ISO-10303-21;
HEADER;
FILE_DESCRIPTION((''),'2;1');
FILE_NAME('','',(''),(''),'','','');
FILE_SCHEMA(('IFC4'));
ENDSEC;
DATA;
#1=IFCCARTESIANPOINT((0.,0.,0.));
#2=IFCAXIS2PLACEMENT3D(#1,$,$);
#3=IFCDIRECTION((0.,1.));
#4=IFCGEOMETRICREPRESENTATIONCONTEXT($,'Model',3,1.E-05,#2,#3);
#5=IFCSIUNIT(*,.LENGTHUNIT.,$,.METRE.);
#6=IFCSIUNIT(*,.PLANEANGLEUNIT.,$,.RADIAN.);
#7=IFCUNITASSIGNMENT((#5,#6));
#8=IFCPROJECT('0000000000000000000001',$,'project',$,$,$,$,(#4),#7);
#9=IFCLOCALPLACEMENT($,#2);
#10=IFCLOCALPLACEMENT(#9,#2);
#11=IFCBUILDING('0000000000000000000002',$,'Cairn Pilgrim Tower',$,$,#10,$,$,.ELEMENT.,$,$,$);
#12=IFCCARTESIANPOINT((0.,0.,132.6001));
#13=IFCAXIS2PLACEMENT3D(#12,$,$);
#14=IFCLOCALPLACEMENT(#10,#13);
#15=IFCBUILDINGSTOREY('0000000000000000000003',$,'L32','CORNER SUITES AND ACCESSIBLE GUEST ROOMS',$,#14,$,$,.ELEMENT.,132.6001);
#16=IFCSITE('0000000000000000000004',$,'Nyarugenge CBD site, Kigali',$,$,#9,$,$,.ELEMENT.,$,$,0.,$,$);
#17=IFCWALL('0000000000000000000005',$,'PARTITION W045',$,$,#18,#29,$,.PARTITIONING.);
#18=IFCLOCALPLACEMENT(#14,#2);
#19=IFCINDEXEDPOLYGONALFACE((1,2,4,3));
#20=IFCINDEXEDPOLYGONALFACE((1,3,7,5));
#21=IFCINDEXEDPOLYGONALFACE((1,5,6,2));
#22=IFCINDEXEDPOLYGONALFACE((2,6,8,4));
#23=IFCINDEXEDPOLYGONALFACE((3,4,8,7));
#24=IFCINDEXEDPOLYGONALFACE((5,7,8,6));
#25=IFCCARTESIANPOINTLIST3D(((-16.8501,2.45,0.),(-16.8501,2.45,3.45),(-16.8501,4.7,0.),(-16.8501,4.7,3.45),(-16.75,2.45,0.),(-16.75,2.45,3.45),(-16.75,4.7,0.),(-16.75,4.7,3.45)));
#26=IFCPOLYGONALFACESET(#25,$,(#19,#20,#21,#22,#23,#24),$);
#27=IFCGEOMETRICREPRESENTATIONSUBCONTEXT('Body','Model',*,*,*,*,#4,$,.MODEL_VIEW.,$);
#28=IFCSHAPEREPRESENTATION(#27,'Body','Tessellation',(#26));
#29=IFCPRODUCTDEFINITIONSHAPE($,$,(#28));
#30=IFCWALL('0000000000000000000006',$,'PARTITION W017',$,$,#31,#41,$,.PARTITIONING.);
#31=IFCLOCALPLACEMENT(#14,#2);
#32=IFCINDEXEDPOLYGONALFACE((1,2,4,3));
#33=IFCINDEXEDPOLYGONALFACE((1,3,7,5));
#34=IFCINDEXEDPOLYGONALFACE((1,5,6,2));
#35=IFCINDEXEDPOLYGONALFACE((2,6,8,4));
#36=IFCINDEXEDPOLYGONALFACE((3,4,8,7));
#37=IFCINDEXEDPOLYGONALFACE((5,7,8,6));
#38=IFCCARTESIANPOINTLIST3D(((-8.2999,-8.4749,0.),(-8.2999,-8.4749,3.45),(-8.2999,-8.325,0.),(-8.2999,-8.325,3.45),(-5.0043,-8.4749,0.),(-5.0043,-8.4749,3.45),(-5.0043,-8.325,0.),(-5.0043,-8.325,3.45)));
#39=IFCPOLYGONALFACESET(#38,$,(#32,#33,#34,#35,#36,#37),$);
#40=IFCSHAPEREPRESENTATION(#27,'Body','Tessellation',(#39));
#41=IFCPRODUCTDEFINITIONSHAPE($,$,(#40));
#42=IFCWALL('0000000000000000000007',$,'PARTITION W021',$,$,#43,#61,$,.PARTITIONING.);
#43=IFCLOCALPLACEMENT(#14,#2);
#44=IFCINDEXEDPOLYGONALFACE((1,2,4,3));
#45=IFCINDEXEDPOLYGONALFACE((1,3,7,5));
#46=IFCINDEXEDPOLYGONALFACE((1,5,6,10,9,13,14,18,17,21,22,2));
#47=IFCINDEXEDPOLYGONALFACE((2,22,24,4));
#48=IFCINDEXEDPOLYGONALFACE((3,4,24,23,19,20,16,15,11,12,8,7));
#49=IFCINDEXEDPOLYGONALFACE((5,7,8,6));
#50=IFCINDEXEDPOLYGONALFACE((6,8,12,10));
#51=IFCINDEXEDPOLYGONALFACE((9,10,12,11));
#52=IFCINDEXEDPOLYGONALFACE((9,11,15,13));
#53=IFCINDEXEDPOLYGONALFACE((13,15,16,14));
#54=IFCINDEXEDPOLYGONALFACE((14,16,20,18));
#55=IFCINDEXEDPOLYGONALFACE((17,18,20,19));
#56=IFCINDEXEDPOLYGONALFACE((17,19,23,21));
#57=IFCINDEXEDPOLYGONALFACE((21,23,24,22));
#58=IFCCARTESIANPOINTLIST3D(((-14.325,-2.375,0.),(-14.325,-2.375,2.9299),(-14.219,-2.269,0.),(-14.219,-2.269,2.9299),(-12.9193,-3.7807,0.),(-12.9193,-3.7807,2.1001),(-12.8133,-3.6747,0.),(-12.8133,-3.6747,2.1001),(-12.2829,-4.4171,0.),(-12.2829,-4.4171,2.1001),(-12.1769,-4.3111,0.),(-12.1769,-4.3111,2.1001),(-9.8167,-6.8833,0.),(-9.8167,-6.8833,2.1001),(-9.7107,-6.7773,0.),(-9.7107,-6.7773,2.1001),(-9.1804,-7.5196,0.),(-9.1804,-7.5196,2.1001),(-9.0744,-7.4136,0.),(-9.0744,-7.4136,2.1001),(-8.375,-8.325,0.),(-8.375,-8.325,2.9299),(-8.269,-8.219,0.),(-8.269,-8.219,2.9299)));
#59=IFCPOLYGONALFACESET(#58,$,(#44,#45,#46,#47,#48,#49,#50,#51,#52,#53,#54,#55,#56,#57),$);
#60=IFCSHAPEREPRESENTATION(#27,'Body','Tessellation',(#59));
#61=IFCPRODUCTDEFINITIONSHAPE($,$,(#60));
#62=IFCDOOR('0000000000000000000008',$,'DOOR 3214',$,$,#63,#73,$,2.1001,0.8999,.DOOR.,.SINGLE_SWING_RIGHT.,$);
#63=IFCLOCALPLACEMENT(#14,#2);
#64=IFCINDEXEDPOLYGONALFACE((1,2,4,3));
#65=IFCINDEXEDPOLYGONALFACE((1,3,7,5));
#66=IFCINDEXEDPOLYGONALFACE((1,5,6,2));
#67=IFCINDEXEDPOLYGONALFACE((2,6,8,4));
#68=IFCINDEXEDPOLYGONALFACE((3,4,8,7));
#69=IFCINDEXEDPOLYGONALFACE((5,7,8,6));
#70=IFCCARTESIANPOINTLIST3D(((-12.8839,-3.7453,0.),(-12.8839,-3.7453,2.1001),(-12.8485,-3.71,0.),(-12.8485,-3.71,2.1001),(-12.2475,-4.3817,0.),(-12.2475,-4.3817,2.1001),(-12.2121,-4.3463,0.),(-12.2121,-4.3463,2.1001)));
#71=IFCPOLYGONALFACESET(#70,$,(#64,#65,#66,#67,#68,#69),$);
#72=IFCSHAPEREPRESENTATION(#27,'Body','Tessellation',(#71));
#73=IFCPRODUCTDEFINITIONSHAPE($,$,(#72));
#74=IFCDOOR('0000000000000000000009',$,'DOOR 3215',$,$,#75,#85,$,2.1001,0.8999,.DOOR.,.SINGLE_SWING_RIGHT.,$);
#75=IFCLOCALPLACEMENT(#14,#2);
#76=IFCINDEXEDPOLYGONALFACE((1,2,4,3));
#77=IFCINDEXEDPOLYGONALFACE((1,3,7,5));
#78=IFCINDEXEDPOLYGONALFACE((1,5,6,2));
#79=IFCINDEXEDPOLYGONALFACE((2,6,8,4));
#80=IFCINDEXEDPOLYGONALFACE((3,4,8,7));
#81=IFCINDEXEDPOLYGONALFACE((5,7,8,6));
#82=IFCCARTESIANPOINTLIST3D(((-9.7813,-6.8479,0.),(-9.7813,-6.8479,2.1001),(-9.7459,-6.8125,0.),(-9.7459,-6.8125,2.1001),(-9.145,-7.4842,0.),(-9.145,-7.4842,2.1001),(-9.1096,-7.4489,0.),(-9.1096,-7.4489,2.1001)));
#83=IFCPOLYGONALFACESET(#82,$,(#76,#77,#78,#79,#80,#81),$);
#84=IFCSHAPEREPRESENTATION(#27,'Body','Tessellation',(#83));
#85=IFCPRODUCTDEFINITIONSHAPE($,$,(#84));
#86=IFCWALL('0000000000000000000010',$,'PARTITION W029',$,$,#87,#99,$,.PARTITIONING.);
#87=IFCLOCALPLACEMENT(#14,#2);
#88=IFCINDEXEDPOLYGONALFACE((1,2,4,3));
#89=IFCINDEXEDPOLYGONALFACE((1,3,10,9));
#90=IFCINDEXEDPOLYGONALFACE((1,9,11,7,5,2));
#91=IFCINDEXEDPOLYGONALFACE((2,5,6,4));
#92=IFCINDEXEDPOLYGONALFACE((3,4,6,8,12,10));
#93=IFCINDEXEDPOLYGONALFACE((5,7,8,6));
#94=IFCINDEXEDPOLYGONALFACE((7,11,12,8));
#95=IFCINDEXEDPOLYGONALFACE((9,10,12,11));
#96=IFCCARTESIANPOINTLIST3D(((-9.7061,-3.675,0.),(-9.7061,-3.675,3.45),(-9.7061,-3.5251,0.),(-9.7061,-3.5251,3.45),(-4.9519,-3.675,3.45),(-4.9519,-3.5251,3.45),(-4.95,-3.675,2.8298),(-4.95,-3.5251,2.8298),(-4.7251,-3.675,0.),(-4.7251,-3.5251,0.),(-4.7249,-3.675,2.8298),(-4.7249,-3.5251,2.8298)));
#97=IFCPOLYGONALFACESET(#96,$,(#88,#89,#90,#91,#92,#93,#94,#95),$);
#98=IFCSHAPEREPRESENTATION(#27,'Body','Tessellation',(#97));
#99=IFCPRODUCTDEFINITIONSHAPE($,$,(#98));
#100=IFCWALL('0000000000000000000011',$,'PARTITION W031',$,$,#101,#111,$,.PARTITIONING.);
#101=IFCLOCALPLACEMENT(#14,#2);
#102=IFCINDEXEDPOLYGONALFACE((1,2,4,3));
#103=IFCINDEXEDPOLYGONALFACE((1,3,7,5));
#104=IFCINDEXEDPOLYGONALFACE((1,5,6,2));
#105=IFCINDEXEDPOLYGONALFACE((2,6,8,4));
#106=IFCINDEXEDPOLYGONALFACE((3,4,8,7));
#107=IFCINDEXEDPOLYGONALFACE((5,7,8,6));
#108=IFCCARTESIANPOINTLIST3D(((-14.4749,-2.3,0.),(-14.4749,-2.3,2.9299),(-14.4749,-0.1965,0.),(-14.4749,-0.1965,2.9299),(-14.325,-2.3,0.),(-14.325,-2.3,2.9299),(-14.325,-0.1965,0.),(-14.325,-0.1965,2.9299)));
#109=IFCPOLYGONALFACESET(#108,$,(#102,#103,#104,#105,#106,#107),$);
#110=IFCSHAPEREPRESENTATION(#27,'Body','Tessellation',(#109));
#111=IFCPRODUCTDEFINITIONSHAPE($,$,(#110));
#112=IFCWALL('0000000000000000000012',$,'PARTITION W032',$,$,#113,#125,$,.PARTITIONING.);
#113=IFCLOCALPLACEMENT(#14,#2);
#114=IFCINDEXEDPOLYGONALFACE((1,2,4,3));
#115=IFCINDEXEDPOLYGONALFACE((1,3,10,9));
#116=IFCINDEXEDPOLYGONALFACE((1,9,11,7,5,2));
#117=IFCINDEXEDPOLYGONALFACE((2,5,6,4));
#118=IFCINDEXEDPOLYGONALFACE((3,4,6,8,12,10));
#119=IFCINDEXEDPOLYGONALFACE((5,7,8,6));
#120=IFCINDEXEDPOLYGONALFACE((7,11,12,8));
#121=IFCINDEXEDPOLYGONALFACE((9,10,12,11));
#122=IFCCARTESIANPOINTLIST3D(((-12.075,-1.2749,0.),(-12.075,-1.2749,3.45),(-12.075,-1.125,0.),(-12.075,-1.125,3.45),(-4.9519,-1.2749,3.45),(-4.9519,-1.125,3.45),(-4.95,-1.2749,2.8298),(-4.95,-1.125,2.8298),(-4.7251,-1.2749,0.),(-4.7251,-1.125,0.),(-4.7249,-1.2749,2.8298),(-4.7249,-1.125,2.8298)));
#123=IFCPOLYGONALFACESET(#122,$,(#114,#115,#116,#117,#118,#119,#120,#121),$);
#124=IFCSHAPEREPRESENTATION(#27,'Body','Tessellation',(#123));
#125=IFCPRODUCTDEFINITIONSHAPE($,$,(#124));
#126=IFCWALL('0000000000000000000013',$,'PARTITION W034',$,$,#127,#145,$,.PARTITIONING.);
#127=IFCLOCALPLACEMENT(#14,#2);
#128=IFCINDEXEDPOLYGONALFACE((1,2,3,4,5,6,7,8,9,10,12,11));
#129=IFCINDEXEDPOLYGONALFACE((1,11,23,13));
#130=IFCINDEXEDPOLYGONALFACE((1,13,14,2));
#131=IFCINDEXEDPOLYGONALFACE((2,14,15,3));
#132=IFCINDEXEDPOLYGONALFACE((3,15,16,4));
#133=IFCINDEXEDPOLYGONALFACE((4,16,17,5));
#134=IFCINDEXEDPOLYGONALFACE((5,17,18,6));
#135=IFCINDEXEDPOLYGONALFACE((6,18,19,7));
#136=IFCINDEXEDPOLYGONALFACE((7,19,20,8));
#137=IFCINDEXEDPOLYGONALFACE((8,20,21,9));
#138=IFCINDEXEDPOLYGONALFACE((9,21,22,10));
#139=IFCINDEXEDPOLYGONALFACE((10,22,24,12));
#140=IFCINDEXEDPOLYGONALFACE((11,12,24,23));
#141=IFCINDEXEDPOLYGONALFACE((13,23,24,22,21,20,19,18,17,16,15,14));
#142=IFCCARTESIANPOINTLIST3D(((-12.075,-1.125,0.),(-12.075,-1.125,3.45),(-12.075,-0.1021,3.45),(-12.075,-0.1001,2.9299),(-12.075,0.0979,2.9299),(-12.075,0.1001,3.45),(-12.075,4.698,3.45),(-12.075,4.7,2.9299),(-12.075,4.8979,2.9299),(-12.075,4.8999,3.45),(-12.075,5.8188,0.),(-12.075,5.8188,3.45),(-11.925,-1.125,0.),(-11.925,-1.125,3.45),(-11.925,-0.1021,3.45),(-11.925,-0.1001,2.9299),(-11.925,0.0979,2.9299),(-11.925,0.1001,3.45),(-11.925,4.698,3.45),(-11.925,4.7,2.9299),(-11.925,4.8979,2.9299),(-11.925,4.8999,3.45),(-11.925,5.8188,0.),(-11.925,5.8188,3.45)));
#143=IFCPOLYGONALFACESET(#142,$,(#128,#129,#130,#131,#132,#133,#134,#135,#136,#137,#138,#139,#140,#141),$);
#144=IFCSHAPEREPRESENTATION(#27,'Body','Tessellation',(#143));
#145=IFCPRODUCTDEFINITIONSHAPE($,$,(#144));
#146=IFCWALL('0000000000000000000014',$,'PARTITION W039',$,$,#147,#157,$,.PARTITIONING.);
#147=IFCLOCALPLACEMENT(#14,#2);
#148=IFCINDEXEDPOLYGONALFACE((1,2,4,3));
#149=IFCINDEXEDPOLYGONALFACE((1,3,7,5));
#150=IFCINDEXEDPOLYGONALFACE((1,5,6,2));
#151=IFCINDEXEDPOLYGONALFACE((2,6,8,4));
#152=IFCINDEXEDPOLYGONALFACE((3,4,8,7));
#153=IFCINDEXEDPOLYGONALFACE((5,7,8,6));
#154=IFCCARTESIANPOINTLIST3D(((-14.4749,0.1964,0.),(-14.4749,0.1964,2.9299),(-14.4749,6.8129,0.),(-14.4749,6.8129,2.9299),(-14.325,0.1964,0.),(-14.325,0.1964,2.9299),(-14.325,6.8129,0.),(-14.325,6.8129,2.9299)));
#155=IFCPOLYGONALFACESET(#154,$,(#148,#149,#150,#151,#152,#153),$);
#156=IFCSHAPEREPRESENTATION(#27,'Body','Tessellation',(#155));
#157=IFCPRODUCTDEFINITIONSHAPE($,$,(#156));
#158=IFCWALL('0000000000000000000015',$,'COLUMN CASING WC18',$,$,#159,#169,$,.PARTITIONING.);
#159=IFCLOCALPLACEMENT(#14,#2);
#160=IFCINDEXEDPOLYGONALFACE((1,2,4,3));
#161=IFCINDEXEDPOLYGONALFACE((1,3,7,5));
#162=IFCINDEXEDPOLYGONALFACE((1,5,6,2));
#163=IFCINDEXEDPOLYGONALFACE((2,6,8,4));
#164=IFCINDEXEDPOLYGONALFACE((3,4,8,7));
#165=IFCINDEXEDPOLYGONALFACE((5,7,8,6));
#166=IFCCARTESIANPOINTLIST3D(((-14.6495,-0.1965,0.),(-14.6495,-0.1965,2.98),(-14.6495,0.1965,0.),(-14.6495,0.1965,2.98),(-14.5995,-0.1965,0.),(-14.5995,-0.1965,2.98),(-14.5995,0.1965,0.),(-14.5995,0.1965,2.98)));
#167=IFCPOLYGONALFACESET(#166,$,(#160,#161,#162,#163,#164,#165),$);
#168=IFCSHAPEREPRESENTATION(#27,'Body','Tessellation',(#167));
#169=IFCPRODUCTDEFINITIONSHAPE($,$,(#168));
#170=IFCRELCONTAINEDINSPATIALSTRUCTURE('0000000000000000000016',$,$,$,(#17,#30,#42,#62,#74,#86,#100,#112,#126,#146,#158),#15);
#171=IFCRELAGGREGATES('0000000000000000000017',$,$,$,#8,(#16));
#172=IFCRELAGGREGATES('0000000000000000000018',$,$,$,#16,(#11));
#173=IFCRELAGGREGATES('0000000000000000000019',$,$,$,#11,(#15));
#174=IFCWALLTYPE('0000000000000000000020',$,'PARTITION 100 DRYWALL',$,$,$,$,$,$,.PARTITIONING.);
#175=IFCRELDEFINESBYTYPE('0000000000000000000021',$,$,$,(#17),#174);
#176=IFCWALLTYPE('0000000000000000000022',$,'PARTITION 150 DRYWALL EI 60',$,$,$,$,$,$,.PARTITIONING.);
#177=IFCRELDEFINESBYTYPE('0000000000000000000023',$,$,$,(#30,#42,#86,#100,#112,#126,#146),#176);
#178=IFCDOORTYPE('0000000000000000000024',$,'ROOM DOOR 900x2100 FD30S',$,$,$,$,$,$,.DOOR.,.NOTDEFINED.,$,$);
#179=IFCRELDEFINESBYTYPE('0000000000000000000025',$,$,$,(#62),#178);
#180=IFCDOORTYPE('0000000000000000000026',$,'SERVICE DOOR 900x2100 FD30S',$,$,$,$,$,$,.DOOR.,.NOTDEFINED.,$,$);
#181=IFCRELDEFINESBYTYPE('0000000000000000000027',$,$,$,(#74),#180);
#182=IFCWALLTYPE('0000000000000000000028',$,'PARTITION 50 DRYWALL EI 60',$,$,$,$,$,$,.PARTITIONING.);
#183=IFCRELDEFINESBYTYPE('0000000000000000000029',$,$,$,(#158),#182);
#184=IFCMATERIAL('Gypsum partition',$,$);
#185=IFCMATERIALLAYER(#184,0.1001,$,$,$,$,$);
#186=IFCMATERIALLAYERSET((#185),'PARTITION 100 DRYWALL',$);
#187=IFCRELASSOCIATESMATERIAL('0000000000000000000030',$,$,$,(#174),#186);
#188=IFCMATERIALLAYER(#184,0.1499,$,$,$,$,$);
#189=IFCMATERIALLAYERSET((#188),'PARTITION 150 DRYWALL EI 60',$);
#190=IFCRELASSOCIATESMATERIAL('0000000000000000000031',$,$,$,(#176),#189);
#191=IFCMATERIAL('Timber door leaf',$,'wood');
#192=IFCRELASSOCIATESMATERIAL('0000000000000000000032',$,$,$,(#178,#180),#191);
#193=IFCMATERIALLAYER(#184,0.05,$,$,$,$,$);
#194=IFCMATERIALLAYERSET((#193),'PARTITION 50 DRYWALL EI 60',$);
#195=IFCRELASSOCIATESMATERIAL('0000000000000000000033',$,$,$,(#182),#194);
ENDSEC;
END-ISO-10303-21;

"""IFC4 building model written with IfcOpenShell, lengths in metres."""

from ifc_helpers import new_model, si_unit, direction, frame, frame_2d, origin, place, context, subcontext, project, spatial, polyline, rectangle, outline, extrude, material, layer, layer_set, type_object, element, fill, save


model = new_model("IFC4")

# Units and contexts
model_context = context("Model", 3, precision=1e-05, world=origin(), true_north=direction((0.0, 1.0)))
body_context = subcontext(model_context, "Body", "Model", "MODEL_VIEW")
ifc_project = project(units=[si_unit("LENGTHUNIT", "METRE"), si_unit("PLANEANGLEUNIT", "RADIAN")], contexts=[model_context])

# Site, building, storey
site_placement = place(None, origin())
site = spatial("IfcSite", under=ifc_project, at=site_placement, Name="Nyarugenge CBD site, Kigali", CompositionType="ELEMENT", RefElevation=0.0)
building_placement = place(site_placement, origin())
building = spatial("IfcBuilding", under=site, at=building_placement, Name="Cairn Pilgrim Tower", CompositionType="ELEMENT")
storey_placement = place(building_placement, frame((0.0, 0.0, 132.6001)))
storey = spatial("IfcBuildingStorey", under=building, at=storey_placement, Name="L32", Description="CORNER SUITES AND ACCESSIBLE GUEST ROOMS", CompositionType="ELEMENT", Elevation=132.6001)

# Shared definitions
ifc_material_1 = material(Name="Gypsum partition")
ifc_layer_1 = layer(ifc_material_1, 0.1001)
ifc_layer_set_1 = layer_set([ifc_layer_1], Name="PARTITION 100 DRYWALL")
wall_type_1 = type_object("IfcWallType", Name="PARTITION 100 DRYWALL", PredefinedType="PARTITIONING", material=ifc_layer_set_1)
ifc_material_2 = material(Name="Timber door leaf", Category="wood")

# Walls
wall_1_placement = place(storey_placement, frame((-16.8, 2.45, 0.0), z_axis=(0.0, 0.0, 1.0), x_axis=(0.0, 1.0, 0.0)))
element("IfcWall", 1, at=wall_1_placement, inside=storey, type_object=wall_type_1, Name="PARTITION W045", PredefinedType="PARTITIONING", context=body_context, shape_type="SweptSolid", body=[
    extrude(rectangle(XDim=2.25, YDim=0.1001, at=frame_2d((1.125, 0.0))), origin(), (0.0, 0.0, 1.0), 3.45),
])
ifc_layer_2 = layer(ifc_material_1, 0.1499)
ifc_layer_set_2 = layer_set([ifc_layer_2], Name="PARTITION 150 DRYWALL EI 60")
wall_type_2 = type_object("IfcWallType", Name="PARTITION 150 DRYWALL EI 60", PredefinedType="PARTITIONING", material=ifc_layer_set_2)
wall_2_placement = place(storey_placement, frame((-8.3, -8.3999, 0.0), z_axis=(0.0, 0.0, 1.0), x_axis=(1.0, 0.0, 0.0)))
element("IfcWall", 2, at=wall_2_placement, inside=storey, type_object=wall_type_2, Name="PARTITION W017", PredefinedType="PARTITIONING", context=body_context, shape_type="SweptSolid", body=[
    extrude(rectangle(XDim=3.2957, YDim=0.1499, at=frame_2d((1.6479, 0.0))), origin(), (0.0, 0.0, 1.0), 3.45),
])

# Wall, openings, doors
wall_3_placement = place(storey_placement, frame((-8.322, -8.272, 0.0), z_axis=(0.0, 0.0, 1.0), x_axis=(-0.707107, 0.707107, 0.0)))
wall_3 = element("IfcWall", 3, at=wall_3_placement, inside=storey, type_object=wall_type_2, Name="PARTITION W021", PredefinedType="PARTITIONING", context=body_context, shape_type="SweptSolid", body=[
    extrude(rectangle(XDim=8.4146, YDim=0.1499, at=frame_2d((4.2073, 0.0))), origin(), (0.0, 0.0, 1.0), 2.9299),
])
opening_1_placement = place(wall_3_placement, frame((5.5266, 0.0, 0.0)))
opening_1 = element("IfcOpeningElement", 4, at=opening_1_placement, cuts=wall_3, PredefinedType="OPENING", context=body_context, shape_type="SweptSolid", body=[
    extrude(rectangle(XDim=0.8999, YDim=2.1001, at=frame_2d((0.45, 1.05))), frame((0.0, 0.085, 0.0), z_axis=(0.0, -1.0, 0.0), x_axis=(1.0, 0.0, 0.0)), (0.0, 0.0, 1.0), 0.1699),
])
opening_2_placement = place(wall_3_placement, frame((1.1389, 0.0, 0.0)))
opening_2 = element("IfcOpeningElement", 5, at=opening_2_placement, cuts=wall_3, PredefinedType="OPENING", context=body_context, shape_type="SweptSolid", body=[
    extrude(rectangle(XDim=0.8999, YDim=2.1001, at=frame_2d((0.45, 1.05))), frame((0.0, 0.085, 0.0), z_axis=(0.0, -1.0, 0.0), x_axis=(1.0, 0.0, 0.0)), (0.0, 0.0, 1.0), 0.1699),
])
door_type_1 = type_object("IfcDoorType", Name="ROOM DOOR 900x2100 FD30S", OperationType="NOTDEFINED", PredefinedType="DOOR", material=ifc_material_2)
door_1_placement = place(opening_1_placement, origin())
door_1 = element("IfcDoor", 6, at=door_1_placement, inside=storey, type_object=door_type_1, Name="DOOR 3214", OperationType="SINGLE_SWING_RIGHT", OverallHeight=2.1001, OverallWidth=0.8999, PredefinedType="DOOR", context=body_context, shape_type="SweptSolid", body=[
    extrude(rectangle(XDim=0.8999, YDim=2.1001, at=frame_2d((0.45, 1.05))), frame((0.0, 0.0249, 0.0), z_axis=(0.0, -1.0, 0.0), x_axis=(1.0, 0.0, 0.0)), (0.0, 0.0, 1.0), 0.05),
])
fill(opening_1, door_1)
door_type_2 = type_object("IfcDoorType", Name="SERVICE DOOR 900x2100 FD30S", OperationType="NOTDEFINED", PredefinedType="DOOR", material=ifc_material_2)
door_2_placement = place(opening_2_placement, origin())
door_2 = element("IfcDoor", 7, at=door_2_placement, inside=storey, type_object=door_type_2, Name="DOOR 3215", OperationType="SINGLE_SWING_RIGHT", OverallHeight=2.1001, OverallWidth=0.8999, PredefinedType="DOOR", context=body_context, shape_type="SweptSolid", body=[
    extrude(rectangle(XDim=0.8999, YDim=2.1001, at=frame_2d((0.45, 1.05))), frame((0.0, 0.0249, 0.0), z_axis=(0.0, -1.0, 0.0), x_axis=(1.0, 0.0, 0.0)), (0.0, 0.0, 1.0), 0.05),
])
fill(opening_2, door_2)

# Walls
wall_4_placement = place(storey_placement, frame((-9.7061, -3.6001, 0.0), z_axis=(0.0, 0.0, 1.0), x_axis=(1.0, 0.0, 0.0)))
element("IfcWall", 8, at=wall_4_placement, inside=storey, type_object=wall_type_2, Name="PARTITION W029", PredefinedType="PARTITIONING", context=body_context, shape_type="SweptSolid", body=[
    extrude(outline(polyline([(0.0, 0.0), (4.981, 0.0), (4.9812, 2.8298), (4.7561, 2.8298), (4.7542, 3.45), (0.0, 3.45), (0.0, 0.0)])), frame((0.0, 0.075, 0.0), z_axis=(0.0, -1.0, 0.0), x_axis=(1.0, 0.0, 0.0)), (0.0, 0.0, 1.0), 0.1499),
])
wall_5_placement = place(storey_placement, frame((-14.3999, -2.3, 0.0), z_axis=(0.0, 0.0, 1.0), x_axis=(0.0, 1.0, 0.0)))
element("IfcWall", 9, at=wall_5_placement, inside=storey, type_object=wall_type_2, Name="PARTITION W031", PredefinedType="PARTITIONING", context=body_context, shape_type="SweptSolid", body=[
    extrude(rectangle(XDim=2.1035, YDim=0.1499, at=frame_2d((1.0518, 0.0))), origin(), (0.0, 0.0, 1.0), 2.9299),
])
wall_6_placement = place(storey_placement, frame((-12.075, -1.2, 0.0), z_axis=(0.0, 0.0, 1.0), x_axis=(1.0, 0.0, 0.0)))
element("IfcWall", 10, at=wall_6_placement, inside=storey, type_object=wall_type_2, Name="PARTITION W032", PredefinedType="PARTITIONING", context=body_context, shape_type="SweptSolid", body=[
    extrude(outline(polyline([(0.0, 0.0), (7.3499, 0.0), (7.3501, 2.8298), (7.125, 2.8298), (7.123, 3.45), (0.0, 3.45), (0.0, 0.0)])), frame((0.0, 0.075, 0.0), z_axis=(0.0, -1.0, 0.0), x_axis=(1.0, 0.0, 0.0)), (0.0, 0.0, 1.0), 0.1499),
])
wall_7_placement = place(storey_placement, frame((-12.0, -1.125, 0.0), z_axis=(0.0, 0.0, 1.0), x_axis=(0.0, 1.0, 0.0)))
element("IfcWall", 11, at=wall_7_placement, inside=storey, type_object=wall_type_2, Name="PARTITION W034", PredefinedType="PARTITIONING", context=body_context, shape_type="SweptSolid", body=[
    extrude(outline(polyline([(0.0, 0.0), (6.9438, 0.0), (6.9438, 3.45), (6.0249, 3.45), (6.0229, 2.9299), (5.825, 2.9299), (5.823, 3.45), (1.2251, 3.45), (1.2229, 2.9299), (1.0249, 2.9299), (1.0229, 3.45), (0.0, 3.45), (0.0, 0.0)])), frame((0.0, 0.075, 0.0), z_axis=(0.0, -1.0, 0.0), x_axis=(1.0, 0.0, 0.0)), (0.0, 0.0, 1.0), 0.1499),
])
wall_8_placement = place(storey_placement, frame((-14.3999, 0.1965, 0.0), z_axis=(0.0, 0.0, 1.0), x_axis=(0.0, 1.0, 0.0)))
element("IfcWall", 12, at=wall_8_placement, inside=storey, type_object=wall_type_2, Name="PARTITION W039", PredefinedType="PARTITIONING", context=body_context, shape_type="SweptSolid", body=[
    extrude(rectangle(XDim=6.6165, YDim=0.1499, at=frame_2d((3.3081, 0.0))), origin(), (0.0, 0.0, 1.0), 2.9299),
])
ifc_layer_3 = layer(ifc_material_1, 0.05)
ifc_layer_set_3 = layer_set([ifc_layer_3], Name="PARTITION 50 DRYWALL EI 60")
wall_type_3 = type_object("IfcWallType", Name="PARTITION 50 DRYWALL EI 60", PredefinedType="PARTITIONING", material=ifc_layer_set_3)
wall_9_placement = place(storey_placement, frame((-14.6245, -0.1965, 0.0), z_axis=(0.0, 0.0, 1.0), x_axis=(0.0, 1.0, 0.0)))
element("IfcWall", 13, at=wall_9_placement, inside=storey, type_object=wall_type_3, Name="COLUMN CASING WC18", PredefinedType="PARTITIONING", context=body_context, shape_type="SweptSolid", body=[
    extrude(rectangle(XDim=0.3931, YDim=0.05, at=frame_2d((0.1965, 0.0))), origin(), (0.0, 0.0, 1.0), 2.98),
])

save(model, "model.ifc")
